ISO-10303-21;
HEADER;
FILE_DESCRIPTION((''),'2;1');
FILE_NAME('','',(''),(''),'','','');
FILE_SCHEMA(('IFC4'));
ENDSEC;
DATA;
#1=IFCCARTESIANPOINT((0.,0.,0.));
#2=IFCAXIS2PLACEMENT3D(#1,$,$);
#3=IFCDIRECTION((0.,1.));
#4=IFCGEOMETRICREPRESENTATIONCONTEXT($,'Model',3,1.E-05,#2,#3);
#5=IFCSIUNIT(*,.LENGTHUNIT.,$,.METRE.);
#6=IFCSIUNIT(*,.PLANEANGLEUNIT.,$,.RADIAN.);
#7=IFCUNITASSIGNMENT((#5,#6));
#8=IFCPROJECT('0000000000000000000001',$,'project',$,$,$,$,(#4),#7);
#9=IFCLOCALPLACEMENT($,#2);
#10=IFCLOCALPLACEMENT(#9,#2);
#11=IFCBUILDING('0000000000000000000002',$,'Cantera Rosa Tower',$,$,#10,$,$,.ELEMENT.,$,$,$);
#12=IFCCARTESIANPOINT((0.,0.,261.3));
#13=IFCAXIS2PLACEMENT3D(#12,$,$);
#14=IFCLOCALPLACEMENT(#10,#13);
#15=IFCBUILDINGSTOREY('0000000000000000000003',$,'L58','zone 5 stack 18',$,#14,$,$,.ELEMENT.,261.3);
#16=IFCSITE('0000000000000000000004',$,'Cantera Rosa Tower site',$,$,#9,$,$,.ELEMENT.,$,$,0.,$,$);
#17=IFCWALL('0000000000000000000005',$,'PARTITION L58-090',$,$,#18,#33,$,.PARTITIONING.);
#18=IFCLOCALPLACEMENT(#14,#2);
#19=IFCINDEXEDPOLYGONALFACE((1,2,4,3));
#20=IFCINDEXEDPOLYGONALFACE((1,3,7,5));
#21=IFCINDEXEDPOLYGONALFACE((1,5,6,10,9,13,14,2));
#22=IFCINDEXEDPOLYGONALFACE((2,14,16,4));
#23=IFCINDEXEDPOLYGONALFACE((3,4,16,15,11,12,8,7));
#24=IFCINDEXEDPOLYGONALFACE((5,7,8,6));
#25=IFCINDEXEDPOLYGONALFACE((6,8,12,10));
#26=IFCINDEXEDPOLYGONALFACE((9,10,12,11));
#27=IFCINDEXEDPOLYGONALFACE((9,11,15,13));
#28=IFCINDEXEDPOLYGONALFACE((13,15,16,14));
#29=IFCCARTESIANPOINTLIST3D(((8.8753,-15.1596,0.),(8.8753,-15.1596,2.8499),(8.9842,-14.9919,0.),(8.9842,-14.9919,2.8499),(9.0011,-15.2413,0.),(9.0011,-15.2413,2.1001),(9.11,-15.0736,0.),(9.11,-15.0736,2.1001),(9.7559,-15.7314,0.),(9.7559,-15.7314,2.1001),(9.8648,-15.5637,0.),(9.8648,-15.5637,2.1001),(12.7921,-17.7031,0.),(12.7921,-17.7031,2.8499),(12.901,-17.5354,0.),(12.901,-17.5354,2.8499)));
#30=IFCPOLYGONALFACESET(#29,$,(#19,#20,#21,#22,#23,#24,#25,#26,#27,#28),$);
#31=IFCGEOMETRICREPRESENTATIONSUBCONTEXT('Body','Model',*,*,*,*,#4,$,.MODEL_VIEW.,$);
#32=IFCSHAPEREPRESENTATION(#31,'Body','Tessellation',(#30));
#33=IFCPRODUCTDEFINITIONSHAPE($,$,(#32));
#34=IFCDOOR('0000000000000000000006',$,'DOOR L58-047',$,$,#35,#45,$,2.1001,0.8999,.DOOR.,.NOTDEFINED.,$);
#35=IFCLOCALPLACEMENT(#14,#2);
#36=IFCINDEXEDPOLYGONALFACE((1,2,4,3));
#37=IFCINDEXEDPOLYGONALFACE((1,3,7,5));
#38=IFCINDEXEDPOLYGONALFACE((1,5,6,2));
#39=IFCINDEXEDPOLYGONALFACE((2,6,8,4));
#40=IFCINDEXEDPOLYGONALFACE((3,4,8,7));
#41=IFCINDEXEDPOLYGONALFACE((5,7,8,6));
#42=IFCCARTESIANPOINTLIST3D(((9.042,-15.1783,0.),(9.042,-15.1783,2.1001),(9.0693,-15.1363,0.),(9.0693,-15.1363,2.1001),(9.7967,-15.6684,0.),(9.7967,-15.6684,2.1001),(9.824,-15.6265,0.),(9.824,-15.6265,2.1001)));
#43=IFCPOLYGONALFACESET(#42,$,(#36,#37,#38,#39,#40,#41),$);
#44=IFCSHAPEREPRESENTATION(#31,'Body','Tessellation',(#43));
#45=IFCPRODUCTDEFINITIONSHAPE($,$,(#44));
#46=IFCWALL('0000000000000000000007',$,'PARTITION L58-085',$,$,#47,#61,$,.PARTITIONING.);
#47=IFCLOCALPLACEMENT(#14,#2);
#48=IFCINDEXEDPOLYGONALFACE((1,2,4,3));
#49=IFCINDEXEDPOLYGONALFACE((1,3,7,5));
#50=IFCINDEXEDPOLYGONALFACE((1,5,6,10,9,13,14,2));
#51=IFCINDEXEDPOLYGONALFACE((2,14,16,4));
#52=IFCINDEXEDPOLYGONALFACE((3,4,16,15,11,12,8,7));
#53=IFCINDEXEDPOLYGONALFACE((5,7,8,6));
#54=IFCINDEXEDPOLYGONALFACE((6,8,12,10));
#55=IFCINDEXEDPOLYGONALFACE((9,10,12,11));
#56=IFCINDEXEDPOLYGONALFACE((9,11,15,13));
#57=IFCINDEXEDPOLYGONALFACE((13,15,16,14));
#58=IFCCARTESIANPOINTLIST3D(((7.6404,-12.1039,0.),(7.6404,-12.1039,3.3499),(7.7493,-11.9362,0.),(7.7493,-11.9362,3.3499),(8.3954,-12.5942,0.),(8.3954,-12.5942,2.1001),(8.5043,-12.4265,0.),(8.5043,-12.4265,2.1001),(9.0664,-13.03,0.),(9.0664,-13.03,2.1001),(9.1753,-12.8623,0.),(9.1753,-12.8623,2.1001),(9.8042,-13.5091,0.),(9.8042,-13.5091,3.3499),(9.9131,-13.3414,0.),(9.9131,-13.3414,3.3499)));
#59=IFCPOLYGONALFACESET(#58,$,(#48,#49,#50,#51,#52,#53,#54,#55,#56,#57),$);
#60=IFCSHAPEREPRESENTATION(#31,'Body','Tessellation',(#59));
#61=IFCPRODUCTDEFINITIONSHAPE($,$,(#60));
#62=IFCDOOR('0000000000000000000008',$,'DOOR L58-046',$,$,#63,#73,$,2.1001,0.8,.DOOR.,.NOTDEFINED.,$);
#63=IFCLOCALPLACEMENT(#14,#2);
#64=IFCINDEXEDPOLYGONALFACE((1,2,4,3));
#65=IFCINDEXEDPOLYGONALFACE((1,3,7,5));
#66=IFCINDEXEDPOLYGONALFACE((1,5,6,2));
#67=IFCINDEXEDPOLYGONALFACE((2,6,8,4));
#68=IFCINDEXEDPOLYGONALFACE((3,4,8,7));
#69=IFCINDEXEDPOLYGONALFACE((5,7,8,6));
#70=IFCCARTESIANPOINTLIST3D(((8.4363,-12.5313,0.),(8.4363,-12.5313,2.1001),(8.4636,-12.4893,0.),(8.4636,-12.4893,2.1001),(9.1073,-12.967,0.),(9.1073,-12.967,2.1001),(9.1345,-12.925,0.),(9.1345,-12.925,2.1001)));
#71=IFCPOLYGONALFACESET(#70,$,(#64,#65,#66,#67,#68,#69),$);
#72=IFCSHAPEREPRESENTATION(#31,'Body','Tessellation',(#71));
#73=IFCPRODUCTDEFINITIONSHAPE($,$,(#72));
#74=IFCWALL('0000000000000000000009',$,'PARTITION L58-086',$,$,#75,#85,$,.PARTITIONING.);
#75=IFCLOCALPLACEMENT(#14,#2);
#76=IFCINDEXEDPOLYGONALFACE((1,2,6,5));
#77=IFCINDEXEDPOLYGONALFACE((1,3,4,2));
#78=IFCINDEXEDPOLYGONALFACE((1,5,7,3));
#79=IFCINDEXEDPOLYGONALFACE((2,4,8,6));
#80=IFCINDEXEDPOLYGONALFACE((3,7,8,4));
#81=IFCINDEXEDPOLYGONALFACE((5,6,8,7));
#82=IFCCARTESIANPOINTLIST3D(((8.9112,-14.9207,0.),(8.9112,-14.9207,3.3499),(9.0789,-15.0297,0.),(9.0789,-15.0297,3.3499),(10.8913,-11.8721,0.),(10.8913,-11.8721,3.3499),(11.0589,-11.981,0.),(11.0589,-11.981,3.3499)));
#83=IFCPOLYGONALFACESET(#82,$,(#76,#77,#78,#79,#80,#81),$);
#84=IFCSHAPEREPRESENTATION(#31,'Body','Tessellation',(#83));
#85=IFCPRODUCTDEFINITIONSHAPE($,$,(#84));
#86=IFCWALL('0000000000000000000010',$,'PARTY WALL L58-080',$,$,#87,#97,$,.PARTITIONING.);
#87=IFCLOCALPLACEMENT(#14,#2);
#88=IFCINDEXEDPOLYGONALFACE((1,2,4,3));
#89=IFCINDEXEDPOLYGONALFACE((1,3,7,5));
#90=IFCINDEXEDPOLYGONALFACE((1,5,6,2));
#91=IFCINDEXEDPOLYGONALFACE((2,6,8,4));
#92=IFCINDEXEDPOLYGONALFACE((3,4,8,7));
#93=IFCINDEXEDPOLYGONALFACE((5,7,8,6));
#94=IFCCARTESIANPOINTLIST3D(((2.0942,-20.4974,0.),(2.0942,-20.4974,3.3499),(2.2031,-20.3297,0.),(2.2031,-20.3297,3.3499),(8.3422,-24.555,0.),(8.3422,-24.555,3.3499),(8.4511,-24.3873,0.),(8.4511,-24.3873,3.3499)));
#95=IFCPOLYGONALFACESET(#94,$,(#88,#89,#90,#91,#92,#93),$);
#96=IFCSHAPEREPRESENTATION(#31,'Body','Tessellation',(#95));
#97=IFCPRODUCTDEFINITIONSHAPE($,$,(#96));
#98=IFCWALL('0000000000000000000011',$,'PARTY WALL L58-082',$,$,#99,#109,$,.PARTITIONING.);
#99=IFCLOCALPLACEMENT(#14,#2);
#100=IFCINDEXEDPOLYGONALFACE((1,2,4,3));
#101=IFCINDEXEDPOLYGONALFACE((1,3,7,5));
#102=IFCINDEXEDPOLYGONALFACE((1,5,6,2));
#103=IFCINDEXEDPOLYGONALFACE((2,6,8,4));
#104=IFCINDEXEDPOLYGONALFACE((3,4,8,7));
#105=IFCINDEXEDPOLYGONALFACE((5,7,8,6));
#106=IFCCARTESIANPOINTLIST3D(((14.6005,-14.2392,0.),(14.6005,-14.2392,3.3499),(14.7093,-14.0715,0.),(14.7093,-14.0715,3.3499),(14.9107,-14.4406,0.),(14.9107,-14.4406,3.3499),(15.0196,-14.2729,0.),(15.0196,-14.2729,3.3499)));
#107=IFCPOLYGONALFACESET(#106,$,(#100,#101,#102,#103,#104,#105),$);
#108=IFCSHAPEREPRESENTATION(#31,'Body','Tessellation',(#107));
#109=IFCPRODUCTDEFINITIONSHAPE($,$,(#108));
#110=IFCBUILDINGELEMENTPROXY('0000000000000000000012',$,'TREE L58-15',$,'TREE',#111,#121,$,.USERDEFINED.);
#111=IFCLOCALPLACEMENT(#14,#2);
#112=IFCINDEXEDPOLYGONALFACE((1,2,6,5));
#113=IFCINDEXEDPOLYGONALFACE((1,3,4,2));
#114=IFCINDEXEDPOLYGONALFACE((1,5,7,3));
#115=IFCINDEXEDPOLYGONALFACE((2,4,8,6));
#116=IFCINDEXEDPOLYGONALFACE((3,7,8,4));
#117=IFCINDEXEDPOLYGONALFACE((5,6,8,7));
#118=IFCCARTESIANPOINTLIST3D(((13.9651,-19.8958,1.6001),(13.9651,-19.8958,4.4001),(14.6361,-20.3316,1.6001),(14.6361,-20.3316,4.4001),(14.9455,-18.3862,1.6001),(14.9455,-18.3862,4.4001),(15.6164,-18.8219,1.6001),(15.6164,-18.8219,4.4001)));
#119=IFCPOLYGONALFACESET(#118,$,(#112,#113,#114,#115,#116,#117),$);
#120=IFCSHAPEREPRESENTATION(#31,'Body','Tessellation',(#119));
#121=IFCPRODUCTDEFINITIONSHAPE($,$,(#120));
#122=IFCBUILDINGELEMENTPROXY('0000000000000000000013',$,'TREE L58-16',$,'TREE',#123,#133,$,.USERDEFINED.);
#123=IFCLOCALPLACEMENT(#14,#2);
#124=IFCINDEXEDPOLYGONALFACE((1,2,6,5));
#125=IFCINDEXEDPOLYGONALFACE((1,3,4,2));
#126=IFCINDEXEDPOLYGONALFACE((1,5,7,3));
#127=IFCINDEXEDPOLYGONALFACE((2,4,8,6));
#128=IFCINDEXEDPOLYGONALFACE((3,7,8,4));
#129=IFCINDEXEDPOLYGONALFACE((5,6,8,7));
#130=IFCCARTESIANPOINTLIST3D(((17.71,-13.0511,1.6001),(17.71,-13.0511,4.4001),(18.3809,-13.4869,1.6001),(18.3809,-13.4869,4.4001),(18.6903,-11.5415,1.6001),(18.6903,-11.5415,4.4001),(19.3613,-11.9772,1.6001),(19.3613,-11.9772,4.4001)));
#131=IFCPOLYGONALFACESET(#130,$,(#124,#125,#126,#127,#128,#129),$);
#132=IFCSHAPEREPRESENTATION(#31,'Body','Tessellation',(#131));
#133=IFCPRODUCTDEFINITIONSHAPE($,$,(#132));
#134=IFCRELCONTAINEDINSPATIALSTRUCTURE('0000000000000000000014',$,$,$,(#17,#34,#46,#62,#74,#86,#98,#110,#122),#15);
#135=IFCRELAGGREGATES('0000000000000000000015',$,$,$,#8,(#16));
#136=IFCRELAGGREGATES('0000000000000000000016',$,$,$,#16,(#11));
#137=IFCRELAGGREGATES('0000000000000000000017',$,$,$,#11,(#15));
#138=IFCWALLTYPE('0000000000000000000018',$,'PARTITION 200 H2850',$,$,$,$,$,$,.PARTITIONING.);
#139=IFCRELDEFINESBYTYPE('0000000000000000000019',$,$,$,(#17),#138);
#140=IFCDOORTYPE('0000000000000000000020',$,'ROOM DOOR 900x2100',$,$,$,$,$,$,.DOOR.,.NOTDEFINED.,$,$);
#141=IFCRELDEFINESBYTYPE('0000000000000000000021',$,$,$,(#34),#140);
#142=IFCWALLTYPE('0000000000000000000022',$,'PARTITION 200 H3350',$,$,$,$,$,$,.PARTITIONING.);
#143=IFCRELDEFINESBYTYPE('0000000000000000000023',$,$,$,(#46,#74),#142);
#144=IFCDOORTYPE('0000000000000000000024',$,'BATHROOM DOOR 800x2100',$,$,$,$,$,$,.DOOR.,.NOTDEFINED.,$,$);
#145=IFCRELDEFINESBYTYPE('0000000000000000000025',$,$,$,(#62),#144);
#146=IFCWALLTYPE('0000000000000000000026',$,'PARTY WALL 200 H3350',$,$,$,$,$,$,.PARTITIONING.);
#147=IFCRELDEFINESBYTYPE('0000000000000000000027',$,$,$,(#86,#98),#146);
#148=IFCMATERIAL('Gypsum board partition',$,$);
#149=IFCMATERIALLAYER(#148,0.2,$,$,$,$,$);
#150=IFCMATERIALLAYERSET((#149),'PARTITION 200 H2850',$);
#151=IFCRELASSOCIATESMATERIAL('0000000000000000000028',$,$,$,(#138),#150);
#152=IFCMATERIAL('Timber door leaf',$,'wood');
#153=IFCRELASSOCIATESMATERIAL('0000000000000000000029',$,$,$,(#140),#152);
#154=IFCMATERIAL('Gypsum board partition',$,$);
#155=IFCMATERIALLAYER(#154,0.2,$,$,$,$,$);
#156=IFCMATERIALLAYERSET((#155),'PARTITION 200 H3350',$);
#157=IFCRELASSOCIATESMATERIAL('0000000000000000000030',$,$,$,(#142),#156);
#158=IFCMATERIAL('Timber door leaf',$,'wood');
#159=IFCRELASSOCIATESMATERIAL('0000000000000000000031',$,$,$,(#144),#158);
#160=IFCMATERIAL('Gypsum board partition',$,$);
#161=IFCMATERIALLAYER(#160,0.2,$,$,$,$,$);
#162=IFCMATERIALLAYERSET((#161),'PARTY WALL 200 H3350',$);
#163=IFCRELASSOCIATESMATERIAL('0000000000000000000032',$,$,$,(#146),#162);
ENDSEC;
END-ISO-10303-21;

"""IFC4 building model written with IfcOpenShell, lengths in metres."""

from ifc_helpers import new_model, si_unit, direction, frame, frame_2d, origin, origin_2d, place, context, subcontext, project, spatial, rectangle, extrude, material, layer, layer_set, type_object, element, fill, save


model = new_model("IFC4")

# Units and contexts
model_context = context("Model", 3, precision=1e-05, world=origin(), true_north=direction((0.0, 1.0)))
body_context = subcontext(model_context, "Body", "Model", "MODEL_VIEW")
ifc_project = project(units=[si_unit("LENGTHUNIT", "METRE"), si_unit("PLANEANGLEUNIT", "RADIAN")], contexts=[model_context])

# Site, building, storey
site_placement = place(None, origin())
site = spatial("IfcSite", under=ifc_project, at=site_placement, Name="Cantera Rosa Tower site", CompositionType="ELEMENT", RefElevation=0.0)
building_placement = place(site_placement, origin())
building = spatial("IfcBuilding", under=site, at=building_placement, Name="Cantera Rosa Tower", CompositionType="ELEMENT")
storey_placement = place(building_placement, frame((0.0, 0.0, 261.3)))
storey = spatial("IfcBuildingStorey", under=building, at=storey_placement, Name="L58", Description="zone 5 stack 18", CompositionType="ELEMENT", Elevation=261.3)

# Walls, openings, doors
ifc_material_1 = material(Name="Gypsum board partition")
ifc_layer_1 = layer(ifc_material_1, 0.2)
ifc_layer_set_1 = layer_set([ifc_layer_1], Name="PARTITION 200 H2850")
wall_type_1 = type_object("IfcWallType", Name="PARTITION 200 H2850", PredefinedType="PARTITIONING", material=ifc_layer_set_1)
wall_1_placement = place(storey_placement, frame((12.8464, -17.6191, 0.0), z_axis=(0.0, 0.0, 1.0), x_axis=(-0.838681, 0.544623, 0.0)))
wall_1 = element("IfcWall", 1, at=wall_1_placement, inside=storey, type_object=wall_type_1, Name="PARTITION L58-090", PredefinedType="PARTITIONING", context=body_context, shape_type="SweptSolid", body=[
    extrude(rectangle(XDim=4.6702, YDim=0.2, at=frame_2d((2.335, 0.0))), origin(), (0.0, 0.0, 1.0), 2.8499),
])
opening_1_placement = place(wall_1_placement, frame((3.6201, 0.0, 0.0)))
opening_1 = element("IfcOpeningElement", 2, at=opening_1_placement, cuts=wall_1, PredefinedType="OPENING", context=body_context, shape_type="SweptSolid", body=[
    extrude(rectangle(XDim=0.8999, YDim=2.1001, at=frame_2d((0.45, 1.05))), frame((0.0, 0.1099, 0.0), z_axis=(0.0, -1.0, 0.0), x_axis=(1.0, 0.0, 0.0)), (0.0, 0.0, 1.0), 0.22),
])
ifc_material_2 = material(Name="Timber door leaf", Category="wood")
door_type_1 = type_object("IfcDoorType", Name="ROOM DOOR 900x2100", OperationType="NOTDEFINED", PredefinedType="DOOR", material=ifc_material_2)
door_1_placement = place(opening_1_placement, origin())
door_1 = element("IfcDoor", 3, at=door_1_placement, inside=storey, type_object=door_type_1, Name="DOOR L58-047", OperationType="NOTDEFINED", OverallHeight=2.1001, OverallWidth=0.8999, PredefinedType="DOOR", context=body_context, shape_type="SweptSolid", body=[
    extrude(rectangle(XDim=0.8999, YDim=2.1001, at=frame_2d((0.45, 1.05))), frame((0.0, 0.0249, 0.0), z_axis=(0.0, -1.0, 0.0), x_axis=(1.0, 0.0, 0.0)), (0.0, 0.0, 1.0), 0.05),
])
fill(opening_1, door_1)
ifc_material_3 = material(Name="Gypsum board partition")
ifc_layer_2 = layer(ifc_material_3, 0.2)
ifc_layer_set_2 = layer_set([ifc_layer_2], Name="PARTITION 200 H3350")
wall_type_2 = type_object("IfcWallType", Name="PARTITION 200 H3350", PredefinedType="PARTITIONING", material=ifc_layer_set_2)
wall_2_placement = place(storey_placement, frame((9.8586, -13.4253, 0.0), z_axis=(0.0, 0.0, 1.0), x_axis=(-0.838658, 0.544659, 0.0)))
wall_2 = element("IfcWall", 4, at=wall_2_placement, inside=storey, type_object=wall_type_2, Name="PARTITION L58-085", PredefinedType="PARTITIONING", context=body_context, shape_type="SweptSolid", body=[
    extrude(rectangle(XDim=2.5801, YDim=0.2, at=frame_2d((1.29, 0.0))), origin(), (0.0, 0.0, 1.0), 3.3499),
])
opening_2_placement = place(wall_2_placement, frame((0.8799, 0.0, 0.0)))
opening_2 = element("IfcOpeningElement", 5, at=opening_2_placement, cuts=wall_2, PredefinedType="OPENING", context=body_context, shape_type="SweptSolid", body=[
    extrude(rectangle(XDim=0.8, YDim=2.1001, at=frame_2d((0.3999, 1.05))), frame((0.0, 0.1099, 0.0), z_axis=(0.0, -1.0, 0.0), x_axis=(1.0, 0.0, 0.0)), (0.0, 0.0, 1.0), 0.22),
])
ifc_material_4 = material(Name="Timber door leaf", Category="wood")
door_type_2 = type_object("IfcDoorType", Name="BATHROOM DOOR 800x2100", OperationType="NOTDEFINED", PredefinedType="DOOR", material=ifc_material_4)
door_2_placement = place(opening_2_placement, origin())
door_2 = element("IfcDoor", 6, at=door_2_placement, inside=storey, type_object=door_type_2, Name="DOOR L58-046", OperationType="NOTDEFINED", OverallHeight=2.1001, OverallWidth=0.8, PredefinedType="DOOR", context=body_context, shape_type="SweptSolid", body=[
    extrude(rectangle(XDim=0.8, YDim=2.1001, at=frame_2d((0.3999, 1.05))), frame((0.0, 0.0249, 0.0), z_axis=(0.0, -1.0, 0.0), x_axis=(1.0, 0.0, 0.0)), (0.0, 0.0, 1.0), 0.05),
])
fill(opening_2, door_2)

# Walls
wall_3_placement = place(storey_placement, frame((10.9751, -11.9265, 0.0), z_axis=(0.0, 0.0, 1.0), x_axis=(-0.544679, -0.838645, 0.0)))
element("IfcWall", 7, at=wall_3_placement, inside=storey, type_object=wall_type_2, Name="PARTITION L58-086", PredefinedType="PARTITIONING", context=body_context, shape_type="SweptSolid", body=[
    extrude(rectangle(XDim=3.6353, YDim=0.2, at=frame_2d((1.8176, 0.0))), origin(), (0.0, 0.0, 1.0), 3.3499),
])
ifc_material_5 = material(Name="Gypsum board partition")
ifc_layer_3 = layer(ifc_material_5, 0.2)
ifc_layer_set_3 = layer_set([ifc_layer_3], Name="PARTY WALL 200 H3350")
wall_type_3 = type_object("IfcWallType", Name="PARTY WALL 200 H3350", PredefinedType="PARTITIONING", material=ifc_layer_set_3)
wall_4_placement = place(storey_placement, frame((8.3967, -24.4712, 0.0), z_axis=(0.0, 0.0, 1.0), x_axis=(-0.838665, 0.544647, 0.0)))
element("IfcWall", 8, at=wall_4_placement, inside=storey, type_object=wall_type_3, Name="PARTY WALL L58-080", PredefinedType="PARTITIONING", context=body_context, shape_type="SweptSolid", body=[
    extrude(rectangle(XDim=7.45, YDim=0.2, at=frame_2d((3.7251, 0.0))), origin(), (0.0, 0.0, 1.0), 3.3499),
])
wall_5_placement = place(storey_placement, frame((14.6548, -14.1553, 0.0), z_axis=(0.0, 0.0, 1.0), x_axis=(0.83879, -0.544455, 0.0)))
element("IfcWall", 9, at=wall_5_placement, inside=storey, type_object=wall_type_3, Name="PARTY WALL L58-082", PredefinedType="PARTITIONING", context=body_context, shape_type="SweptSolid", body=[
    extrude(rectangle(XDim=0.3699, YDim=0.2, at=frame_2d((0.1851, 0.0))), origin(), (0.0, 0.0, 1.0), 3.3499),
])

# Building element proxies
for number, where, z_axis, x_axis, name in (
    (10, (14.7908, -19.3589, 1.6001), (0.0, 0.0, 1.0), (0.544639, 0.838671, 0.0), "TREE L58-15"),
    (11, (18.5356, -12.5142, 1.6001), (0.0, 0.0, 1.0), (0.544639, 0.838671, 0.0), "TREE L58-16"),
):
    element("IfcBuildingElementProxy", number, at=place(storey_placement, frame(where, z_axis=z_axis, x_axis=x_axis)), inside=storey, Name=name, ObjectType="TREE", PredefinedType="USERDEFINED", context=body_context, shape_type="SweptSolid", body=[
        extrude(rectangle(XDim=1.8, YDim=0.8, at=origin_2d()), origin(), (0.0, 0.0, 1.0), 2.8),
    ])

save(model, "model.ifc")
